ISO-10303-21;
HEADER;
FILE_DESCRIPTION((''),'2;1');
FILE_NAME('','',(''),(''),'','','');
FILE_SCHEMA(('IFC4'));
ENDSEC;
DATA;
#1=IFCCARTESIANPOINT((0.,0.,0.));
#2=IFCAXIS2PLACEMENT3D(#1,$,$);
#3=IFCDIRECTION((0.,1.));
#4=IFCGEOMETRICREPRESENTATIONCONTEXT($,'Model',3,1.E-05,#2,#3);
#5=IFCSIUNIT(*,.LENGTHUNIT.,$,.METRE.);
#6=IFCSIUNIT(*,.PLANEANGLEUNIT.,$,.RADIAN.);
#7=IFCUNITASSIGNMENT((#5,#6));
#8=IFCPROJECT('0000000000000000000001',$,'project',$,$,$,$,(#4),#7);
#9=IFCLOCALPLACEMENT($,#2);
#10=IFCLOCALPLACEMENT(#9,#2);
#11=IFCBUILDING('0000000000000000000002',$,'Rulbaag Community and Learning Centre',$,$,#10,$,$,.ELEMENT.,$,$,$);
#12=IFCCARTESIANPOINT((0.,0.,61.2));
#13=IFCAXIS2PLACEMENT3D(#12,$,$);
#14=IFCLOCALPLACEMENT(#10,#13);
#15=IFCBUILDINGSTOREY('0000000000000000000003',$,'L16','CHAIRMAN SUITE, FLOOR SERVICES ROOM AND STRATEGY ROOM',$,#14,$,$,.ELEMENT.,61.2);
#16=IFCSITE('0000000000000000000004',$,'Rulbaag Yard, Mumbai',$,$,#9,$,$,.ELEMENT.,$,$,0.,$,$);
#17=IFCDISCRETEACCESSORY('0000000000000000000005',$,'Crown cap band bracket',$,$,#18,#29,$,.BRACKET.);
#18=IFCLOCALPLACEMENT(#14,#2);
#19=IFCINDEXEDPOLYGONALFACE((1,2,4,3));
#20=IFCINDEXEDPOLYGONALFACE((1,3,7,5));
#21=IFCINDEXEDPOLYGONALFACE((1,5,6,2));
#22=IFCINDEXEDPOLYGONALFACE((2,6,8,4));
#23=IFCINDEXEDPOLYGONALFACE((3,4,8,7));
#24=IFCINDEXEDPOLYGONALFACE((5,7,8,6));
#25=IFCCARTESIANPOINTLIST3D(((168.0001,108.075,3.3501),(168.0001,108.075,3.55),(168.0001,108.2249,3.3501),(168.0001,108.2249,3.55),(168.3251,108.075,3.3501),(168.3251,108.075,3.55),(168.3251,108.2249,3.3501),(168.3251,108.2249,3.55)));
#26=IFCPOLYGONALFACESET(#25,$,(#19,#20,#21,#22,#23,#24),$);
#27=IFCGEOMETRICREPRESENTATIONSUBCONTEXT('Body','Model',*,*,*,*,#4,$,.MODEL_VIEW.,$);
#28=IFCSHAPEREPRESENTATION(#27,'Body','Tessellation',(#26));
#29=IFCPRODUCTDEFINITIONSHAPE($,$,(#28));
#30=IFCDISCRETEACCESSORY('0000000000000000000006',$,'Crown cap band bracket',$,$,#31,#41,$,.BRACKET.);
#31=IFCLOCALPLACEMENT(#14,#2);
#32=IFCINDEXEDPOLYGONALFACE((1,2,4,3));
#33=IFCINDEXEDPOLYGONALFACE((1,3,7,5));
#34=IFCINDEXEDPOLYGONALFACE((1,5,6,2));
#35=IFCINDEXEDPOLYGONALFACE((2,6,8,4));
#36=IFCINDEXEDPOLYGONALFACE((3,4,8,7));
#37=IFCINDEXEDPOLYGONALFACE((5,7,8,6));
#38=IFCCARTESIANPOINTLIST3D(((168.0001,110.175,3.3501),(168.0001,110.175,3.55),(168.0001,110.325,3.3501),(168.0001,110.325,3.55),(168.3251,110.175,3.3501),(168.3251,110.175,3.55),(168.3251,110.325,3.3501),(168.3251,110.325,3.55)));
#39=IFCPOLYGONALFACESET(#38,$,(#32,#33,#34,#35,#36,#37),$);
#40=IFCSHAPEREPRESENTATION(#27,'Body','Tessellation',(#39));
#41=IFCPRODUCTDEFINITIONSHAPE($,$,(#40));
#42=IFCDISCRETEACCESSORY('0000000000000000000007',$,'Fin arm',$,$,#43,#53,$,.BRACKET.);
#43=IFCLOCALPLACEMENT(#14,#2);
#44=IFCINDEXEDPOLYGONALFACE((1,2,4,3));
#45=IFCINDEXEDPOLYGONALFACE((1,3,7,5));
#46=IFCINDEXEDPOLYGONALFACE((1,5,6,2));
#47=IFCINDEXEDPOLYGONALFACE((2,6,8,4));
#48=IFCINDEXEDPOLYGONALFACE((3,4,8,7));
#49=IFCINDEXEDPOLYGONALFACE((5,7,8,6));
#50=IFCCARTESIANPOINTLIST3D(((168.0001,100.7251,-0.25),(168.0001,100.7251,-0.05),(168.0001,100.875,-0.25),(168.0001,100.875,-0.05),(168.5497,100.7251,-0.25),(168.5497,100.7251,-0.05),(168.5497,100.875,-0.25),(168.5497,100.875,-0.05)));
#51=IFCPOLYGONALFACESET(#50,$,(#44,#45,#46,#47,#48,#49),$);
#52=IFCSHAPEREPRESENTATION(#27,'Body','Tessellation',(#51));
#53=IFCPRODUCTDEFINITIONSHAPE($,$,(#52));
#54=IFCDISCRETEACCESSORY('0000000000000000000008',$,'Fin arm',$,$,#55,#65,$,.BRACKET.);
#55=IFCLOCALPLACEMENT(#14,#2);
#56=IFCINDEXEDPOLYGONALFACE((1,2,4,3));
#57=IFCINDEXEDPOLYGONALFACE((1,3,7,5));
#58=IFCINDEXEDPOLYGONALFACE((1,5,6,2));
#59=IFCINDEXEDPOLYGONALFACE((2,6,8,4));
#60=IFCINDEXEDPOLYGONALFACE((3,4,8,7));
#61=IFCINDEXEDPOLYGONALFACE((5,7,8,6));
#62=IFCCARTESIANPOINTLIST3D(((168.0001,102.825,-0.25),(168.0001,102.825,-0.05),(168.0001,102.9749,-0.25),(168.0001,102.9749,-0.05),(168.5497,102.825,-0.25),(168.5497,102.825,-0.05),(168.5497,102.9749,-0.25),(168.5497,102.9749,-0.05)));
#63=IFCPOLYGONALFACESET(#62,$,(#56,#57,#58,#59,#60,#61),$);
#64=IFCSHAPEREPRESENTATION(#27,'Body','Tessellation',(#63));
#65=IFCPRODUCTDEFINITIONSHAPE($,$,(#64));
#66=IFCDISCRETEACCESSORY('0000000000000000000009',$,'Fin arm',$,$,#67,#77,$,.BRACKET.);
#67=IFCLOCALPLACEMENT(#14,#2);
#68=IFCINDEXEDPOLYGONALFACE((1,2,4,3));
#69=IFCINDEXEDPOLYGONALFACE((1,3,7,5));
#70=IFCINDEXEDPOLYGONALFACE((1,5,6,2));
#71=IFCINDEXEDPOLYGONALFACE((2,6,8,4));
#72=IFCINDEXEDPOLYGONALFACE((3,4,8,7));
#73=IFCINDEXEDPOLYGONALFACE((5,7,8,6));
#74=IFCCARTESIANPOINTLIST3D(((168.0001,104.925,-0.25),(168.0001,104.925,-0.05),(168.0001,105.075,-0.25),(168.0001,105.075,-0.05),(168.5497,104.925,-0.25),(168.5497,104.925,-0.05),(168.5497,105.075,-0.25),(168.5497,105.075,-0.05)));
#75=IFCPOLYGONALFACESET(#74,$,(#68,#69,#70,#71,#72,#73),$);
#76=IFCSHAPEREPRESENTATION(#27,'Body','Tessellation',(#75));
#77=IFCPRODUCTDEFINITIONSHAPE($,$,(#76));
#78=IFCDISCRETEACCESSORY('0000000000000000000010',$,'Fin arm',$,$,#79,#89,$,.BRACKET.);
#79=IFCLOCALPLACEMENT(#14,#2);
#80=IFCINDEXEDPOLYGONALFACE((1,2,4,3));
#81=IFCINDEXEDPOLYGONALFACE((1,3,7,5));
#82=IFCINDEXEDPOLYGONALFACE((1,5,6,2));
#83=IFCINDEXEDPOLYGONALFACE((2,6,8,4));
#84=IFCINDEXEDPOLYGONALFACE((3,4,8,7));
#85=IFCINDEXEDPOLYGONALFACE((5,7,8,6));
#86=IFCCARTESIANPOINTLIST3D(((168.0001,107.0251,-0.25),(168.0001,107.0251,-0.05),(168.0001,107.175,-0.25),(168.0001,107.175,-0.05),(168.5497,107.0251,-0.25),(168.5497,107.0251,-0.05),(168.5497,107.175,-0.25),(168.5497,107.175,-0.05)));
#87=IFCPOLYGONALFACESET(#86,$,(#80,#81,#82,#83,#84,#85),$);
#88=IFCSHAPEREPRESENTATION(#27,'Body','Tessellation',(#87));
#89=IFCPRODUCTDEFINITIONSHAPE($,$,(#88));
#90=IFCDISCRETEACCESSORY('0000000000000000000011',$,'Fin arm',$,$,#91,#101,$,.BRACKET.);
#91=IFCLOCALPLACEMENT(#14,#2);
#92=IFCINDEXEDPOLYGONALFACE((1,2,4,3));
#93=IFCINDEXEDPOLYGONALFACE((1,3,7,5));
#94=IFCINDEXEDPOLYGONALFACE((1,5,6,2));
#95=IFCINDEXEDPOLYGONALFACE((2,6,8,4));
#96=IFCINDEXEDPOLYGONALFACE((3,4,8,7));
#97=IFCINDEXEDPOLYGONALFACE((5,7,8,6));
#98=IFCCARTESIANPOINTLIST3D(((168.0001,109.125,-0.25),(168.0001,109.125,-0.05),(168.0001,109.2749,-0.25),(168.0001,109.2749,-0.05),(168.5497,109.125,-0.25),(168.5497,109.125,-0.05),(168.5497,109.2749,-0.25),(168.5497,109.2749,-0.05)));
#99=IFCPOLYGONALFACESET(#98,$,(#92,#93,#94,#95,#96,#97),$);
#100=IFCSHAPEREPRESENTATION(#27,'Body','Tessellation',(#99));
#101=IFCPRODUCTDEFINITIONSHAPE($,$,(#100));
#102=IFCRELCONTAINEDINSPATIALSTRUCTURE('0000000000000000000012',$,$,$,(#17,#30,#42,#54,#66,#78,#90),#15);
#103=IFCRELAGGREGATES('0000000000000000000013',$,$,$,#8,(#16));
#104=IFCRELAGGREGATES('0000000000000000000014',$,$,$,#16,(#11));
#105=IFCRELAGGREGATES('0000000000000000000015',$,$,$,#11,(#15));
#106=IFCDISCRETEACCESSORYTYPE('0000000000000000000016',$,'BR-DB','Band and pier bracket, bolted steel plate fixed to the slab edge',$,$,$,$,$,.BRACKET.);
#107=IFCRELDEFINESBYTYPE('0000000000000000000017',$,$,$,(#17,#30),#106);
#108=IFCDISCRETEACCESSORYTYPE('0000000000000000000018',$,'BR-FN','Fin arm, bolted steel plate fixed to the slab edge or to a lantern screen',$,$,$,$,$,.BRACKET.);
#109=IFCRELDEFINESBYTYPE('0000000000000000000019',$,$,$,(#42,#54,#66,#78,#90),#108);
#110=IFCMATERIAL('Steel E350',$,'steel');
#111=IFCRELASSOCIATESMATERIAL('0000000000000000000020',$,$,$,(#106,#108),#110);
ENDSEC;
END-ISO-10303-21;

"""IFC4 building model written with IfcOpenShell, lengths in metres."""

from ifc_helpers import new_model, si_unit, direction, frame, origin, origin_2d, place, context, subcontext, project, spatial, rectangle, extrude, material, type_object, element, save


model = new_model("IFC4")

# Units and contexts
model_context = context("Model", 3, precision=1e-05, world=origin(), true_north=direction((0.0, 1.0)))
body_context = subcontext(model_context, "Body", "Model", "MODEL_VIEW")
ifc_project = project(units=[si_unit("LENGTHUNIT", "METRE"), si_unit("PLANEANGLEUNIT", "RADIAN")], contexts=[model_context])

# Site, building, storey
site_placement = place(None, origin())
site = spatial("IfcSite", under=ifc_project, at=site_placement, Name="Rulbaag Yard, Mumbai", CompositionType="ELEMENT", RefElevation=0.0)
building_placement = place(site_placement, origin())
building = spatial("IfcBuilding", under=site, at=building_placement, Name="Rulbaag Community and Learning Centre", CompositionType="ELEMENT")
storey_placement = place(building_placement, frame((0.0, 0.0, 61.2)))
storey = spatial("IfcBuildingStorey", under=building, at=storey_placement, Name="L16", Description="CHAIRMAN SUITE, FLOOR SERVICES ROOM AND STRATEGY ROOM", CompositionType="ELEMENT", Elevation=61.2)

# Discrete accessories
ifc_material_1 = material(Name="Steel E350", Category="steel")
discrete_accessory_type_1 = type_object("IfcDiscreteAccessoryType", Name="BR-DB", Description="Band and pier bracket, bolted steel plate fixed to the slab edge", PredefinedType="BRACKET", material=ifc_material_1)
for number, where, z_axis, x_axis, name in (
    (1, (168.1626, 108.1499, 3.3501), (0.0, 0.0, 1.0), (1.0, 0.0, 0.0), "Crown cap band bracket"),
    (2, (168.1626, 110.25, 3.3501), (0.0, 0.0, 1.0), (1.0, 0.0, 0.0), "Crown cap band bracket"),
):
    element("IfcDiscreteAccessory", number, at=place(storey_placement, frame(where, z_axis=z_axis, x_axis=x_axis)), inside=storey, type_object=discrete_accessory_type_1, Name=name, PredefinedType="BRACKET", context=body_context, shape_type="SweptSolid", body=[
        extrude(rectangle(XDim=0.325, YDim=0.1499, at=origin_2d()), origin(), (0.0, 0.0, 1.0), 0.2),
    ])
discrete_accessory_type_2 = type_object("IfcDiscreteAccessoryType", Name="BR-FN", Description="Fin arm, bolted steel plate fixed to the slab edge or to a lantern screen", PredefinedType="BRACKET", material=ifc_material_1)
for number, where, z_axis, x_axis, name in (
    (3, (168.2749, 100.8, -0.25), (0.0, 0.0, 1.0), (1.0, 0.0, 0.0), "Fin arm"),
    (4, (168.2749, 102.8999, -0.25), (0.0, 0.0, 1.0), (1.0, 0.0, 0.0), "Fin arm"),
    (5, (168.2749, 105.0, -0.25), (0.0, 0.0, 1.0), (1.0, 0.0, 0.0), "Fin arm"),
    (6, (168.2749, 107.1001, -0.25), (0.0, 0.0, 1.0), (1.0, 0.0, 0.0), "Fin arm"),
    (7, (168.2749, 109.2, -0.25), (0.0, 0.0, 1.0), (1.0, 0.0, 0.0), "Fin arm"),
):
    element("IfcDiscreteAccessory", number, at=place(storey_placement, frame(where, z_axis=z_axis, x_axis=x_axis)), inside=storey, type_object=discrete_accessory_type_2, Name=name, PredefinedType="BRACKET", context=body_context, shape_type="SweptSolid", body=[
        extrude(rectangle(XDim=0.5496, YDim=0.1499, at=origin_2d()), origin(), (0.0, 0.0, 1.0), 0.2),
    ])

save(model, "model.ifc")
